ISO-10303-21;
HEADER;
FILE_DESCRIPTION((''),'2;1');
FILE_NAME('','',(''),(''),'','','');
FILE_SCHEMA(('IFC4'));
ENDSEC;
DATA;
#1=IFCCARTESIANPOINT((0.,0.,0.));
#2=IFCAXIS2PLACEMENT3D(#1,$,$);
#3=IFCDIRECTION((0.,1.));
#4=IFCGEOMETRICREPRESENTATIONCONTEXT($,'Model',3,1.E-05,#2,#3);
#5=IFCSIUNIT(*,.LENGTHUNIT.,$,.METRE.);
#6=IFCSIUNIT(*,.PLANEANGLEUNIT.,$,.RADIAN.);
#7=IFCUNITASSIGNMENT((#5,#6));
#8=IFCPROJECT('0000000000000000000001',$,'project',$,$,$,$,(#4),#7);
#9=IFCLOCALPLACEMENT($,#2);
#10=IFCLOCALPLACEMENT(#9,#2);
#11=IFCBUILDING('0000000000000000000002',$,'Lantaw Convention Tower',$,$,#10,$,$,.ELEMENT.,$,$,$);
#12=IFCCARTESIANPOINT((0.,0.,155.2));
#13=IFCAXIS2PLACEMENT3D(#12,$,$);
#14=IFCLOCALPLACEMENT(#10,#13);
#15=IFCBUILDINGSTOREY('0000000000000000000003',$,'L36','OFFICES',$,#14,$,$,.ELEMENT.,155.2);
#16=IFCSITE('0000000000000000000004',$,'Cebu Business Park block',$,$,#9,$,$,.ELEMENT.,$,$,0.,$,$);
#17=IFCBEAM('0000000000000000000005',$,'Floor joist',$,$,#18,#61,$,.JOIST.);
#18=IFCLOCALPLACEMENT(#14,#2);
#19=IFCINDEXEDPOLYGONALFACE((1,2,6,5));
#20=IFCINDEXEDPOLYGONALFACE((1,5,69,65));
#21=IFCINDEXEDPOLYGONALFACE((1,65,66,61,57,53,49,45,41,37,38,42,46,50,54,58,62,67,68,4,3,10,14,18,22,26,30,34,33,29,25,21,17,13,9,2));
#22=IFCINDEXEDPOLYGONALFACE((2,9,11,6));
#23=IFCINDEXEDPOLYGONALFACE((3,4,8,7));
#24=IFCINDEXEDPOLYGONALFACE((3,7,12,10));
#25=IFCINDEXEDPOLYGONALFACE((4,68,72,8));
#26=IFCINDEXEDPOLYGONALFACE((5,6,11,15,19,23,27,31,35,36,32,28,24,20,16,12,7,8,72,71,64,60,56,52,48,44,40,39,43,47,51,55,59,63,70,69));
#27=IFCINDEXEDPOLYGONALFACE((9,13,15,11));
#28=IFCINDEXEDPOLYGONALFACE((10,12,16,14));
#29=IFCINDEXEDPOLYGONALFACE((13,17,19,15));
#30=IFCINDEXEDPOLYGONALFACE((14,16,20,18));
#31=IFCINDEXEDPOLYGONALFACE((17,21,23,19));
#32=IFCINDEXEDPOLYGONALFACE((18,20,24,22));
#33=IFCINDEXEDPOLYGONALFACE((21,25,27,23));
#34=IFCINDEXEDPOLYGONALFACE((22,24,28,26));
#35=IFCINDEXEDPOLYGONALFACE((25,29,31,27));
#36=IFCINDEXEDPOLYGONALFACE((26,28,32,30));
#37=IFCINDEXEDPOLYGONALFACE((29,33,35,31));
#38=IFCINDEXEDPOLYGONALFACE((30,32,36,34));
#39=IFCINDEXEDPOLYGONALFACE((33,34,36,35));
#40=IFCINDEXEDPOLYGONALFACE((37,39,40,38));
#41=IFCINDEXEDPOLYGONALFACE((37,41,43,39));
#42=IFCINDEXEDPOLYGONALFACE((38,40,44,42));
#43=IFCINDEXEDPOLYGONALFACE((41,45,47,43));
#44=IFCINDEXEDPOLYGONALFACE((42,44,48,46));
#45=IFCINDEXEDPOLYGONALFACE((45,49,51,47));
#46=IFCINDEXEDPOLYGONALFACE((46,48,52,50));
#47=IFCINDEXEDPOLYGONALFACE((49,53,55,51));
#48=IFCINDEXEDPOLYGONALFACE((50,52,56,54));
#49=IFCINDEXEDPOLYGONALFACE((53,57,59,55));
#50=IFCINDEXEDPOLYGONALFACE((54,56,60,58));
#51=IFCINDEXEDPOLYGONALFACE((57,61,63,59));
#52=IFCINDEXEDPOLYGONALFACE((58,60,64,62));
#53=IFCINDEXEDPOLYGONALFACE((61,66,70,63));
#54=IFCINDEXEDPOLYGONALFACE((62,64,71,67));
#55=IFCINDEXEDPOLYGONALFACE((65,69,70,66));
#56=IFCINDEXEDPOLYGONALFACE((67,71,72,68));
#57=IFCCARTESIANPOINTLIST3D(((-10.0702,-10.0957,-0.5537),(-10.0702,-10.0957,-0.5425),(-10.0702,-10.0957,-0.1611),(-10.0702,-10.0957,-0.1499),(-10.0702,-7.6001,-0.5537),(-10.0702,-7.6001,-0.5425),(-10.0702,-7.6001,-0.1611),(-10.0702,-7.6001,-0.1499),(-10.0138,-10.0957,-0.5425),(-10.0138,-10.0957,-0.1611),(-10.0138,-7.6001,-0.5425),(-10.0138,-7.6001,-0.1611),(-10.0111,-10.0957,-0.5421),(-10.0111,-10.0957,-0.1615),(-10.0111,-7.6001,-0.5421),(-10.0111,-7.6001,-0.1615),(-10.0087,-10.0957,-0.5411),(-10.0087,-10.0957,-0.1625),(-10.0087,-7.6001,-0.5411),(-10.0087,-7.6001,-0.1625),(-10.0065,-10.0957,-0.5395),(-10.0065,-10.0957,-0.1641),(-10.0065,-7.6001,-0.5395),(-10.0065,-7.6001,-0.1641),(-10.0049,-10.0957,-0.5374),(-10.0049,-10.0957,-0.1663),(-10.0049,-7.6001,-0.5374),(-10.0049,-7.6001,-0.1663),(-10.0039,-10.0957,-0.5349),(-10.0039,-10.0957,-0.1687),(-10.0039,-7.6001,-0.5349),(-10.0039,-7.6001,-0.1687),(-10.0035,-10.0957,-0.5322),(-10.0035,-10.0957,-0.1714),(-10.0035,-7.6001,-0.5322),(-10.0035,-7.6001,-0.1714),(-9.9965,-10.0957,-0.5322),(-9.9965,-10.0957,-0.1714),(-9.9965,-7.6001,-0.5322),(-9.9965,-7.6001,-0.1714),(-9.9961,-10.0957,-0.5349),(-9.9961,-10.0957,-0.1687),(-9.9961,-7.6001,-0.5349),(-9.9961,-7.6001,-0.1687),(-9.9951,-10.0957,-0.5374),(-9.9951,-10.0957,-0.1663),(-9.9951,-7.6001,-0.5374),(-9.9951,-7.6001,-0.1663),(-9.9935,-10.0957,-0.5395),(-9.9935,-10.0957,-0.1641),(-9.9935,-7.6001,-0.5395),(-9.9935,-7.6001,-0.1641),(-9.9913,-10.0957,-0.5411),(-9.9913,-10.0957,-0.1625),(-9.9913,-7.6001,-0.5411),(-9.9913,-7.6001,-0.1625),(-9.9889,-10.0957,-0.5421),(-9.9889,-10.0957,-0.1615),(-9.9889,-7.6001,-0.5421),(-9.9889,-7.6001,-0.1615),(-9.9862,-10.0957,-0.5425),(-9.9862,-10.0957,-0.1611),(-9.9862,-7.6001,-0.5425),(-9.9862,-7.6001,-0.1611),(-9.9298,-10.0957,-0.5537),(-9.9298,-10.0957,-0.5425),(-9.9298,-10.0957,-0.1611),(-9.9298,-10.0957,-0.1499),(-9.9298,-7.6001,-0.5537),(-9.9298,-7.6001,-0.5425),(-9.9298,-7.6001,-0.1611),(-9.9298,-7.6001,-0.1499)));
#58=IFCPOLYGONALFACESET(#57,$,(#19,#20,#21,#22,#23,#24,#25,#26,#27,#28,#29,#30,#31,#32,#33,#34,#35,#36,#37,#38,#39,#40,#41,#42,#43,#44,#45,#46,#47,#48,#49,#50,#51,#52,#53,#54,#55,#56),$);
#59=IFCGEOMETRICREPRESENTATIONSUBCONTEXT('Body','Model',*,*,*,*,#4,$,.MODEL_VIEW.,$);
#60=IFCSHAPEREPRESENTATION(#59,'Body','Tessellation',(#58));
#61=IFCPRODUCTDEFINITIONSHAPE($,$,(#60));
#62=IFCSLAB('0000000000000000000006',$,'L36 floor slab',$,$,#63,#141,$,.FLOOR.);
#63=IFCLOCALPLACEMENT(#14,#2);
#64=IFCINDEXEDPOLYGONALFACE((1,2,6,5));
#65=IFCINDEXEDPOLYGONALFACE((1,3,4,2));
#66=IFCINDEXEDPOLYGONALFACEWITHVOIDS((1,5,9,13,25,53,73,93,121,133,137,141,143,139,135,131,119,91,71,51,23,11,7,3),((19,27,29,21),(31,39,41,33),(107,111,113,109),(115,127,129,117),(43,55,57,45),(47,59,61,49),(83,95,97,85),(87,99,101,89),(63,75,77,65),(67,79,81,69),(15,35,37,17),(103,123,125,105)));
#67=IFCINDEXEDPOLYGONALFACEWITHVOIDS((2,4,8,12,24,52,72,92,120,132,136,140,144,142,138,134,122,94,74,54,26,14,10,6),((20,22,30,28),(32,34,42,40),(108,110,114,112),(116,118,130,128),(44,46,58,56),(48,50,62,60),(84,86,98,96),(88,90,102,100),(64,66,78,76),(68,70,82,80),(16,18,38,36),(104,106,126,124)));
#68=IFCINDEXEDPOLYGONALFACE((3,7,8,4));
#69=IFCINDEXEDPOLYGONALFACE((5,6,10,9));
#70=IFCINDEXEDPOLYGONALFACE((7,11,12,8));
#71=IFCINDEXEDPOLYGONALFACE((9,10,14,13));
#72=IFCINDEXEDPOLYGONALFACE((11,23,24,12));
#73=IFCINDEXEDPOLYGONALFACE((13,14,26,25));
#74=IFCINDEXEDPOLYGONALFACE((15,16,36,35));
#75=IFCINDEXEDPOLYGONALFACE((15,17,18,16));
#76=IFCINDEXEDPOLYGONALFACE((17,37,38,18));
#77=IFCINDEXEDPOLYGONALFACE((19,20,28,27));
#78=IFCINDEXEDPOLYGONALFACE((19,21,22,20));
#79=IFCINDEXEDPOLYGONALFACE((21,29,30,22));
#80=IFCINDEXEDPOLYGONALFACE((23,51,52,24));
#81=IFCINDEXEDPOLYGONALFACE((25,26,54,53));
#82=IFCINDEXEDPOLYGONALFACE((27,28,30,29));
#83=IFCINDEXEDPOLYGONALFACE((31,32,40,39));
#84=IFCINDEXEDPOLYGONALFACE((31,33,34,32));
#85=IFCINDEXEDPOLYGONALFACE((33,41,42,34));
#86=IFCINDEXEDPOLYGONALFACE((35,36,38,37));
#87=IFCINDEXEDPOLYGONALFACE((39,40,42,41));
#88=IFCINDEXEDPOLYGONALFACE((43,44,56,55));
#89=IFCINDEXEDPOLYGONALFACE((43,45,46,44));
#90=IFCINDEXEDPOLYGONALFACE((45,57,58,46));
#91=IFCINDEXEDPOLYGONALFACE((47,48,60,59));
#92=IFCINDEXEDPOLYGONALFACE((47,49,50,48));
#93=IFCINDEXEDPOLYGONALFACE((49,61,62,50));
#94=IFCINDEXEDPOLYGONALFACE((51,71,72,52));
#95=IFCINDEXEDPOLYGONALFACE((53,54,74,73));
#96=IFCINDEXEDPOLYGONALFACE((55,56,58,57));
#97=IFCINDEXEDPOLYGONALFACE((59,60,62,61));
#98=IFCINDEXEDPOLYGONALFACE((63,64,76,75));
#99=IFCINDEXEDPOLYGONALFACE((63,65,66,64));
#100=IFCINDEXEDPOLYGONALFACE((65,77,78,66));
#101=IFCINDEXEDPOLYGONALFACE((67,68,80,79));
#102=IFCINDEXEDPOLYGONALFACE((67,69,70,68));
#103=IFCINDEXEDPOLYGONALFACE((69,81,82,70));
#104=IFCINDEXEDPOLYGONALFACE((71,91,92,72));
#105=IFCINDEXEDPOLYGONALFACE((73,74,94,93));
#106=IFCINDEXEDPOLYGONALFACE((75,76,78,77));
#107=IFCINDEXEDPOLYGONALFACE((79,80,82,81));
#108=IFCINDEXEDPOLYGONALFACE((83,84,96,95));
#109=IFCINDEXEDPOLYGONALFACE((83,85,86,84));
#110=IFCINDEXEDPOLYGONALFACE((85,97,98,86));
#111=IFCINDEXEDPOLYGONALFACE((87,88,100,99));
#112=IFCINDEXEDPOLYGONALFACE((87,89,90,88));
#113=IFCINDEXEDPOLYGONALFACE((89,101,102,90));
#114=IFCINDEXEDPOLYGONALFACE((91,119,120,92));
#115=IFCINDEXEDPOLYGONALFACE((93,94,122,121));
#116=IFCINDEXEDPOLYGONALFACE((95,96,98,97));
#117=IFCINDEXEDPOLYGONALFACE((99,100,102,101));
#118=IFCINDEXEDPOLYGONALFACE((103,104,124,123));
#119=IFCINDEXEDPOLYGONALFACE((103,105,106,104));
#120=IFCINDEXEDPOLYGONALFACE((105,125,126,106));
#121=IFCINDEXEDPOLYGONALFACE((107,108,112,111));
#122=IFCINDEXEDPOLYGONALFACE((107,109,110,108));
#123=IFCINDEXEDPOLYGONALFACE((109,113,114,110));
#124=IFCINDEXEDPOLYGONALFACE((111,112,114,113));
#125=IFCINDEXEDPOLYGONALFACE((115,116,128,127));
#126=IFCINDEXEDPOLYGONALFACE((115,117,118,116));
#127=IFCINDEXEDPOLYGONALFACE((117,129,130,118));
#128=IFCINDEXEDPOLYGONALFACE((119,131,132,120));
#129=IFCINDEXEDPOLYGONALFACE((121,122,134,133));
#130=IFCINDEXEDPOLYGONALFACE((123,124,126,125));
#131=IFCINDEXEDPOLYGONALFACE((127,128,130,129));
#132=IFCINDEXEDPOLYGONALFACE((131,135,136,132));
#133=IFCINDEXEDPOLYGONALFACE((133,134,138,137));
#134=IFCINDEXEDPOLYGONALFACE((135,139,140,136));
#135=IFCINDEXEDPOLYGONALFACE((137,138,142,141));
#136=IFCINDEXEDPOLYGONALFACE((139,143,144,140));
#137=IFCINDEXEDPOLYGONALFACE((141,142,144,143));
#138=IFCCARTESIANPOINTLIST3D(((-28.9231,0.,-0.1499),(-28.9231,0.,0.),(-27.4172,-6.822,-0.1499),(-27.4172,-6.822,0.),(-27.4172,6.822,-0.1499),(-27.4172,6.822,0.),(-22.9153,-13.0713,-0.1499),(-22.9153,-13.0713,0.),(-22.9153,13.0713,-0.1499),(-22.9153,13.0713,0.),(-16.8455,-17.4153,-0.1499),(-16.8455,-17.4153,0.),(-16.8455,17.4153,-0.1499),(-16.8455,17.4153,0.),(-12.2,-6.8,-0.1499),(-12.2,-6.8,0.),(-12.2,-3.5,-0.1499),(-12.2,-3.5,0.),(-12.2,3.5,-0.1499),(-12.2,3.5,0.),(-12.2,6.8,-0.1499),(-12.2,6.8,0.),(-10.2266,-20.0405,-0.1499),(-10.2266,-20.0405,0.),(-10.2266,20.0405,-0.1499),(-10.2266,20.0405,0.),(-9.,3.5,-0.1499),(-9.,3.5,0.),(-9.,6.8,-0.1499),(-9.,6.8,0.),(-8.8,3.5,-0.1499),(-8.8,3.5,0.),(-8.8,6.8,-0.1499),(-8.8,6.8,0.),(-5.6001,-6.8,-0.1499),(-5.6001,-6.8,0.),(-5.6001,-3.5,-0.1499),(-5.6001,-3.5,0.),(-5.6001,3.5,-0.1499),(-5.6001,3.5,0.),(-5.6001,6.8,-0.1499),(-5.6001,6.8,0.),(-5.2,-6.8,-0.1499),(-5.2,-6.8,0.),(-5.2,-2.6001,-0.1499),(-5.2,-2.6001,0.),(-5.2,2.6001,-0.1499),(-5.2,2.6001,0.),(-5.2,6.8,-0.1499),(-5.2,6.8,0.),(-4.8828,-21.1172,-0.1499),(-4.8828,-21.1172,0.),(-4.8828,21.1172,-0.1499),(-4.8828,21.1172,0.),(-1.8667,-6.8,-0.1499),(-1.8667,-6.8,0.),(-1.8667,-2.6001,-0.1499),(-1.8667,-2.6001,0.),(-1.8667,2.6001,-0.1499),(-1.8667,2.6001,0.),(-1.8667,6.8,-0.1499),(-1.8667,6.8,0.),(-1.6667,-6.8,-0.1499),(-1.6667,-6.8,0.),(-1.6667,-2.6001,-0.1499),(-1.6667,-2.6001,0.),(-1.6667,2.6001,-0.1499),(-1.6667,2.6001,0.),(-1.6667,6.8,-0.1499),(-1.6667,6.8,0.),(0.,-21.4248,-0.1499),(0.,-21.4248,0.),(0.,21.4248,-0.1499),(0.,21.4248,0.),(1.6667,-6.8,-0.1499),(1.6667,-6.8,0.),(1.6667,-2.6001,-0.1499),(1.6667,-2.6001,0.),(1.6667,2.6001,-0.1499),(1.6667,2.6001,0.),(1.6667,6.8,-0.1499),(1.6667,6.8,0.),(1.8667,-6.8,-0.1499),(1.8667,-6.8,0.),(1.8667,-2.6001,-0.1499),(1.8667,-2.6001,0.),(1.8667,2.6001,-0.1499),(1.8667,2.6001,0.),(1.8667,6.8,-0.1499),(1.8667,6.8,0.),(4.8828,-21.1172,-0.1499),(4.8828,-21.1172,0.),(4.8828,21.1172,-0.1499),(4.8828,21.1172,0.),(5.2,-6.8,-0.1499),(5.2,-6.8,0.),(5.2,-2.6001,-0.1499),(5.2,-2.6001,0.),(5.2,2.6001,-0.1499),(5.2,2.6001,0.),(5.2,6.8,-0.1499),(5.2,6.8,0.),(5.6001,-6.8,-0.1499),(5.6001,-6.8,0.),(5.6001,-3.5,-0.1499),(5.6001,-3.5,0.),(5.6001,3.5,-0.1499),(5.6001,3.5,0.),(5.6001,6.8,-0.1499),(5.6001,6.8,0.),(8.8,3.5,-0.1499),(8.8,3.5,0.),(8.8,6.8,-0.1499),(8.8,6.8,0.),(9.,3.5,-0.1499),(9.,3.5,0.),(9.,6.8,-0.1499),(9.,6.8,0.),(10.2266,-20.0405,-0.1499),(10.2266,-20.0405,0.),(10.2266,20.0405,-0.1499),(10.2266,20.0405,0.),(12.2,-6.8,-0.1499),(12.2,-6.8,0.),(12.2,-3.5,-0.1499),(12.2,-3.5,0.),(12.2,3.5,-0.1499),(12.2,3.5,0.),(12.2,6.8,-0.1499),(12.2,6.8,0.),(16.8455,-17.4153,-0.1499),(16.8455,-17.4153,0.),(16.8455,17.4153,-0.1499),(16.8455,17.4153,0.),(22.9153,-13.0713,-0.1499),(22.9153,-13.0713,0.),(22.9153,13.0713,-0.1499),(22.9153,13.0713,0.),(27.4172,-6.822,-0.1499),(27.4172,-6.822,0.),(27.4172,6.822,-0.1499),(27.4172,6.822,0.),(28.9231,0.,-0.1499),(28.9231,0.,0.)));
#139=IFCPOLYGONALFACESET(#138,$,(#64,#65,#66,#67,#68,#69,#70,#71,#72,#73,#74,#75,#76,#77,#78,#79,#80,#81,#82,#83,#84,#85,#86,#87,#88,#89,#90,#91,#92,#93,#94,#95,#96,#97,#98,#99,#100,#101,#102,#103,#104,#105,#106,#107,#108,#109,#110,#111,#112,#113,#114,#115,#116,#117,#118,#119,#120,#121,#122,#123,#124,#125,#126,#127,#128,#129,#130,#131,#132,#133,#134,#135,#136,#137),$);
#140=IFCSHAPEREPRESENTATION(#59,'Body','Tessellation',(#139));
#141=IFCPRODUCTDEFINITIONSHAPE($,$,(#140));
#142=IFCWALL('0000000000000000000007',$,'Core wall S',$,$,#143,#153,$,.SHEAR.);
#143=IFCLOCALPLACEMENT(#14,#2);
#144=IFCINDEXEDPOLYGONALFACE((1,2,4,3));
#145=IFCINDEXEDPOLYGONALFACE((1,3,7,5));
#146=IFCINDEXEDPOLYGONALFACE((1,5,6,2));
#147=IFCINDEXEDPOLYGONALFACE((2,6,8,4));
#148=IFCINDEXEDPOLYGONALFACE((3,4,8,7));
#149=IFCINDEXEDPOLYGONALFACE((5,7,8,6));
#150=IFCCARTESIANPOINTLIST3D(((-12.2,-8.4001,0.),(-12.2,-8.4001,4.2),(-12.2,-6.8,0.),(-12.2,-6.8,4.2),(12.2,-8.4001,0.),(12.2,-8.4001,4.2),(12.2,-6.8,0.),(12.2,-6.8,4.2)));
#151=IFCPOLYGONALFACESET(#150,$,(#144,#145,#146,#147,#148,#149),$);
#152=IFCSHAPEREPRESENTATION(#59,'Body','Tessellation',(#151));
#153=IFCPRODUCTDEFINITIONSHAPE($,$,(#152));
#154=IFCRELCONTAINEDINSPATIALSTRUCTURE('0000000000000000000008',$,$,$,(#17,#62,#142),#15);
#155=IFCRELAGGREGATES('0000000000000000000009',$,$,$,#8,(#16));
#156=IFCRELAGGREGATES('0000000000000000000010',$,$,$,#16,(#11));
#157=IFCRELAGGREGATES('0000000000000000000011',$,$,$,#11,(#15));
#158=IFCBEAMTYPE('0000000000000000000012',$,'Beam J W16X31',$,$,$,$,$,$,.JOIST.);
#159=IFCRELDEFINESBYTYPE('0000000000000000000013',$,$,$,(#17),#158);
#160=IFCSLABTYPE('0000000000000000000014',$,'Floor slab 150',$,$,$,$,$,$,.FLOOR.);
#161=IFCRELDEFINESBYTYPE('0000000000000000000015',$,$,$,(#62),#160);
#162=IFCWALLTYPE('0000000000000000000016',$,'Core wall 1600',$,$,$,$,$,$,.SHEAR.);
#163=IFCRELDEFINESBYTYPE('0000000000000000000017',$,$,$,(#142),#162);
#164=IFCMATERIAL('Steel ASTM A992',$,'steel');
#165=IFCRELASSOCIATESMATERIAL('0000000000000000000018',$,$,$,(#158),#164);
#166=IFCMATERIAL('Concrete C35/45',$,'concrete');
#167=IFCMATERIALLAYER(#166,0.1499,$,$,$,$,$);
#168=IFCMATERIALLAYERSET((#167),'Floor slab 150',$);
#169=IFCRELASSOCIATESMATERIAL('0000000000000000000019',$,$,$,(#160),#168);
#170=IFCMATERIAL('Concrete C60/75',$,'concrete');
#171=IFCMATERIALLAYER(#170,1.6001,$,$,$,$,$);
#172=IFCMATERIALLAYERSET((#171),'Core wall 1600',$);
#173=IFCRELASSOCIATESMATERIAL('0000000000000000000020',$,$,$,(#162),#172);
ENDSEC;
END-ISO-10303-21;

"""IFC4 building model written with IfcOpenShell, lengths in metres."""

from ifc_helpers import new_model, si_unit, direction, frame, frame_2d, origin, origin_2d, place, context, subcontext, project, spatial, polyline, rectangle, i_section, outline, extrude, material, layer, layer_set, material_profile, profile_set, type_object, element, save


model = new_model("IFC4")

# Units and contexts
model_context = context("Model", 3, precision=1e-05, world=origin(), true_north=direction((0.0, 1.0)))
body_context = subcontext(model_context, "Body", "Model", "MODEL_VIEW")
ifc_project = project(units=[si_unit("LENGTHUNIT", "METRE"), si_unit("PLANEANGLEUNIT", "RADIAN")], contexts=[model_context])

# Site, building, storey
site_placement = place(None, origin())
site = spatial("IfcSite", under=ifc_project, at=site_placement, Name="Cebu Business Park block", CompositionType="ELEMENT", RefElevation=0.0)
building_placement = place(site_placement, origin())
building = spatial("IfcBuilding", under=site, at=building_placement, Name="Lantaw Convention Tower", CompositionType="ELEMENT")
storey_placement = place(building_placement, frame((0.0, 0.0, 155.2)))
storey = spatial("IfcBuildingStorey", under=building, at=storey_placement, Name="L36", Description="OFFICES", CompositionType="ELEMENT", Elevation=155.2)

# Beam
ifc_material_1 = material(Name="Steel ASTM A992", Category="steel")
ifc_material_profile_1 = material_profile(ifc_material_1, i_section(OverallWidth=0.1404, OverallDepth=0.4038, WebThickness=0.0071, FlangeThickness=0.0112, FilletRadius=0.0103, at=origin_2d()), Name="W16X31")
ifc_profile_set_1 = profile_set([ifc_material_profile_1], Name="Steel ASTM A992")
beam_type_1 = type_object("IfcBeamType", Name="Beam J W16X31", PredefinedType="JOIST", material=ifc_profile_set_1)
beam_1_placement = place(storey_placement, frame((-10.0, -10.0957, -0.3518), z_axis=(0.0, 1.0, 0.0), x_axis=(-1.0, 0.0, 0.0)))
element("IfcBeam", 1, at=beam_1_placement, inside=storey, type_object=beam_type_1, Name="Floor joist", PredefinedType="JOIST", context=body_context, shape_type="SweptSolid", body=[
    extrude(i_section(OverallWidth=0.1404, OverallDepth=0.4038, WebThickness=0.0071, FlangeThickness=0.0112, FilletRadius=0.0103, at=origin_2d()), origin(), (0.0, 0.0, 1.0), 2.4956),
])

# Slab
ifc_material_2 = material(Name="Concrete C35/45", Category="concrete")
ifc_layer_1 = layer(ifc_material_2, 0.1499)
ifc_layer_set_1 = layer_set([ifc_layer_1], Name="Floor slab 150")
slab_type = type_object("IfcSlabType", Name="Floor slab 150", PredefinedType="FLOOR", material=ifc_layer_set_1)
slab_placement = place(storey_placement, frame((0.0, 0.0, -0.1499)))
element("IfcSlab", 2, at=slab_placement, inside=storey, type_object=slab_type, Name="L36 floor slab", PredefinedType="FLOOR", context=body_context, shape_type="SweptSolid", body=[
    extrude(outline(polyline([(27.4172, -6.822), (28.9231, 0.0), (27.4172, 6.822), (22.9153, 13.0713), (16.8455, 17.4153), (10.2266, 20.0405), (4.8828, 21.1172), (0.0, 21.4248), (-4.8828, 21.1172), (-10.2266, 20.0405), (-16.8455, 17.4153), (-22.9153, 13.0713), (-27.4172, 6.822), (-28.9231, 0.0), (-27.4172, -6.822), (-22.9153, -13.0713), (-16.8455, -17.4153), (-10.2266, -20.0405), (-4.8828, -21.1172), (0.0, -21.4248), (4.8828, -21.1172), (10.2266, -20.0405), (16.8455, -17.4153), (22.9153, -13.0713), (27.4172, -6.822)]), holes=[polyline([(-5.6001, -3.5), (-12.2, -3.5), (-12.2, -6.8), (-5.6001, -6.8), (-5.6001, -3.5)]), polyline([(-1.8667, -6.8), (-1.8667, -2.6001), (-5.2, -2.6001), (-5.2, -6.8), (-1.8667, -6.8)]), polyline([(-1.8667, 2.6001), (-1.8667, 6.8), (-5.2, 6.8), (-5.2, 2.6001), (-1.8667, 2.6001)]), polyline([(1.6667, 6.8), (-1.6667, 6.8), (-1.6667, 2.6001), (1.6667, 2.6001), (1.6667, 6.8)]), polyline([(-9.0, 3.5), (-9.0, 6.8), (-12.2, 6.8), (-12.2, 3.5), (-9.0, 3.5)]), polyline([(-5.6001, 3.5), (-5.6001, 6.8), (-8.8, 6.8), (-8.8, 3.5), (-5.6001, 3.5)]), polyline([(12.2, -3.5), (5.6001, -3.5), (5.6001, -6.8), (12.2, -6.8), (12.2, -3.5)]), polyline([(1.6667, -6.8), (1.6667, -2.6001), (-1.6667, -2.6001), (-1.6667, -6.8), (1.6667, -6.8)]), polyline([(5.2, -6.8), (5.2, -2.6001), (1.8667, -2.6001), (1.8667, -6.8), (5.2, -6.8)]), polyline([(5.2, 6.8), (1.8667, 6.8), (1.8667, 2.6001), (5.2, 2.6001), (5.2, 6.8)]), polyline([(8.8, 3.5), (8.8, 6.8), (5.6001, 6.8), (5.6001, 3.5), (8.8, 3.5)]), polyline([(12.2, 3.5), (12.2, 6.8), (9.0, 6.8), (9.0, 3.5), (12.2, 3.5)])]), origin(), (0.0, 0.0, 1.0), 0.1499),
])

# Wall
ifc_material_3 = material(Name="Concrete C60/75", Category="concrete")
ifc_layer_2 = layer(ifc_material_3, 1.6001)
ifc_layer_set_2 = layer_set([ifc_layer_2], Name="Core wall 1600")
wall_type_1 = type_object("IfcWallType", Name="Core wall 1600", PredefinedType="SHEAR", material=ifc_layer_set_2)
wall_1_placement = place(storey_placement, frame((-12.2, -7.6001, 0.0), z_axis=(0.0, 0.0, 1.0), x_axis=(1.0, 0.0, 0.0)))
element("IfcWall", 3, at=wall_1_placement, inside=storey, type_object=wall_type_1, Name="Core wall S", PredefinedType="SHEAR", context=body_context, shape_type="SweptSolid", body=[
    extrude(rectangle(XDim=24.3999, YDim=1.6001, at=frame_2d((12.2, 0.0))), origin(), (0.0, 0.0, 1.0), 4.2),
])

save(model, "model.ifc")
